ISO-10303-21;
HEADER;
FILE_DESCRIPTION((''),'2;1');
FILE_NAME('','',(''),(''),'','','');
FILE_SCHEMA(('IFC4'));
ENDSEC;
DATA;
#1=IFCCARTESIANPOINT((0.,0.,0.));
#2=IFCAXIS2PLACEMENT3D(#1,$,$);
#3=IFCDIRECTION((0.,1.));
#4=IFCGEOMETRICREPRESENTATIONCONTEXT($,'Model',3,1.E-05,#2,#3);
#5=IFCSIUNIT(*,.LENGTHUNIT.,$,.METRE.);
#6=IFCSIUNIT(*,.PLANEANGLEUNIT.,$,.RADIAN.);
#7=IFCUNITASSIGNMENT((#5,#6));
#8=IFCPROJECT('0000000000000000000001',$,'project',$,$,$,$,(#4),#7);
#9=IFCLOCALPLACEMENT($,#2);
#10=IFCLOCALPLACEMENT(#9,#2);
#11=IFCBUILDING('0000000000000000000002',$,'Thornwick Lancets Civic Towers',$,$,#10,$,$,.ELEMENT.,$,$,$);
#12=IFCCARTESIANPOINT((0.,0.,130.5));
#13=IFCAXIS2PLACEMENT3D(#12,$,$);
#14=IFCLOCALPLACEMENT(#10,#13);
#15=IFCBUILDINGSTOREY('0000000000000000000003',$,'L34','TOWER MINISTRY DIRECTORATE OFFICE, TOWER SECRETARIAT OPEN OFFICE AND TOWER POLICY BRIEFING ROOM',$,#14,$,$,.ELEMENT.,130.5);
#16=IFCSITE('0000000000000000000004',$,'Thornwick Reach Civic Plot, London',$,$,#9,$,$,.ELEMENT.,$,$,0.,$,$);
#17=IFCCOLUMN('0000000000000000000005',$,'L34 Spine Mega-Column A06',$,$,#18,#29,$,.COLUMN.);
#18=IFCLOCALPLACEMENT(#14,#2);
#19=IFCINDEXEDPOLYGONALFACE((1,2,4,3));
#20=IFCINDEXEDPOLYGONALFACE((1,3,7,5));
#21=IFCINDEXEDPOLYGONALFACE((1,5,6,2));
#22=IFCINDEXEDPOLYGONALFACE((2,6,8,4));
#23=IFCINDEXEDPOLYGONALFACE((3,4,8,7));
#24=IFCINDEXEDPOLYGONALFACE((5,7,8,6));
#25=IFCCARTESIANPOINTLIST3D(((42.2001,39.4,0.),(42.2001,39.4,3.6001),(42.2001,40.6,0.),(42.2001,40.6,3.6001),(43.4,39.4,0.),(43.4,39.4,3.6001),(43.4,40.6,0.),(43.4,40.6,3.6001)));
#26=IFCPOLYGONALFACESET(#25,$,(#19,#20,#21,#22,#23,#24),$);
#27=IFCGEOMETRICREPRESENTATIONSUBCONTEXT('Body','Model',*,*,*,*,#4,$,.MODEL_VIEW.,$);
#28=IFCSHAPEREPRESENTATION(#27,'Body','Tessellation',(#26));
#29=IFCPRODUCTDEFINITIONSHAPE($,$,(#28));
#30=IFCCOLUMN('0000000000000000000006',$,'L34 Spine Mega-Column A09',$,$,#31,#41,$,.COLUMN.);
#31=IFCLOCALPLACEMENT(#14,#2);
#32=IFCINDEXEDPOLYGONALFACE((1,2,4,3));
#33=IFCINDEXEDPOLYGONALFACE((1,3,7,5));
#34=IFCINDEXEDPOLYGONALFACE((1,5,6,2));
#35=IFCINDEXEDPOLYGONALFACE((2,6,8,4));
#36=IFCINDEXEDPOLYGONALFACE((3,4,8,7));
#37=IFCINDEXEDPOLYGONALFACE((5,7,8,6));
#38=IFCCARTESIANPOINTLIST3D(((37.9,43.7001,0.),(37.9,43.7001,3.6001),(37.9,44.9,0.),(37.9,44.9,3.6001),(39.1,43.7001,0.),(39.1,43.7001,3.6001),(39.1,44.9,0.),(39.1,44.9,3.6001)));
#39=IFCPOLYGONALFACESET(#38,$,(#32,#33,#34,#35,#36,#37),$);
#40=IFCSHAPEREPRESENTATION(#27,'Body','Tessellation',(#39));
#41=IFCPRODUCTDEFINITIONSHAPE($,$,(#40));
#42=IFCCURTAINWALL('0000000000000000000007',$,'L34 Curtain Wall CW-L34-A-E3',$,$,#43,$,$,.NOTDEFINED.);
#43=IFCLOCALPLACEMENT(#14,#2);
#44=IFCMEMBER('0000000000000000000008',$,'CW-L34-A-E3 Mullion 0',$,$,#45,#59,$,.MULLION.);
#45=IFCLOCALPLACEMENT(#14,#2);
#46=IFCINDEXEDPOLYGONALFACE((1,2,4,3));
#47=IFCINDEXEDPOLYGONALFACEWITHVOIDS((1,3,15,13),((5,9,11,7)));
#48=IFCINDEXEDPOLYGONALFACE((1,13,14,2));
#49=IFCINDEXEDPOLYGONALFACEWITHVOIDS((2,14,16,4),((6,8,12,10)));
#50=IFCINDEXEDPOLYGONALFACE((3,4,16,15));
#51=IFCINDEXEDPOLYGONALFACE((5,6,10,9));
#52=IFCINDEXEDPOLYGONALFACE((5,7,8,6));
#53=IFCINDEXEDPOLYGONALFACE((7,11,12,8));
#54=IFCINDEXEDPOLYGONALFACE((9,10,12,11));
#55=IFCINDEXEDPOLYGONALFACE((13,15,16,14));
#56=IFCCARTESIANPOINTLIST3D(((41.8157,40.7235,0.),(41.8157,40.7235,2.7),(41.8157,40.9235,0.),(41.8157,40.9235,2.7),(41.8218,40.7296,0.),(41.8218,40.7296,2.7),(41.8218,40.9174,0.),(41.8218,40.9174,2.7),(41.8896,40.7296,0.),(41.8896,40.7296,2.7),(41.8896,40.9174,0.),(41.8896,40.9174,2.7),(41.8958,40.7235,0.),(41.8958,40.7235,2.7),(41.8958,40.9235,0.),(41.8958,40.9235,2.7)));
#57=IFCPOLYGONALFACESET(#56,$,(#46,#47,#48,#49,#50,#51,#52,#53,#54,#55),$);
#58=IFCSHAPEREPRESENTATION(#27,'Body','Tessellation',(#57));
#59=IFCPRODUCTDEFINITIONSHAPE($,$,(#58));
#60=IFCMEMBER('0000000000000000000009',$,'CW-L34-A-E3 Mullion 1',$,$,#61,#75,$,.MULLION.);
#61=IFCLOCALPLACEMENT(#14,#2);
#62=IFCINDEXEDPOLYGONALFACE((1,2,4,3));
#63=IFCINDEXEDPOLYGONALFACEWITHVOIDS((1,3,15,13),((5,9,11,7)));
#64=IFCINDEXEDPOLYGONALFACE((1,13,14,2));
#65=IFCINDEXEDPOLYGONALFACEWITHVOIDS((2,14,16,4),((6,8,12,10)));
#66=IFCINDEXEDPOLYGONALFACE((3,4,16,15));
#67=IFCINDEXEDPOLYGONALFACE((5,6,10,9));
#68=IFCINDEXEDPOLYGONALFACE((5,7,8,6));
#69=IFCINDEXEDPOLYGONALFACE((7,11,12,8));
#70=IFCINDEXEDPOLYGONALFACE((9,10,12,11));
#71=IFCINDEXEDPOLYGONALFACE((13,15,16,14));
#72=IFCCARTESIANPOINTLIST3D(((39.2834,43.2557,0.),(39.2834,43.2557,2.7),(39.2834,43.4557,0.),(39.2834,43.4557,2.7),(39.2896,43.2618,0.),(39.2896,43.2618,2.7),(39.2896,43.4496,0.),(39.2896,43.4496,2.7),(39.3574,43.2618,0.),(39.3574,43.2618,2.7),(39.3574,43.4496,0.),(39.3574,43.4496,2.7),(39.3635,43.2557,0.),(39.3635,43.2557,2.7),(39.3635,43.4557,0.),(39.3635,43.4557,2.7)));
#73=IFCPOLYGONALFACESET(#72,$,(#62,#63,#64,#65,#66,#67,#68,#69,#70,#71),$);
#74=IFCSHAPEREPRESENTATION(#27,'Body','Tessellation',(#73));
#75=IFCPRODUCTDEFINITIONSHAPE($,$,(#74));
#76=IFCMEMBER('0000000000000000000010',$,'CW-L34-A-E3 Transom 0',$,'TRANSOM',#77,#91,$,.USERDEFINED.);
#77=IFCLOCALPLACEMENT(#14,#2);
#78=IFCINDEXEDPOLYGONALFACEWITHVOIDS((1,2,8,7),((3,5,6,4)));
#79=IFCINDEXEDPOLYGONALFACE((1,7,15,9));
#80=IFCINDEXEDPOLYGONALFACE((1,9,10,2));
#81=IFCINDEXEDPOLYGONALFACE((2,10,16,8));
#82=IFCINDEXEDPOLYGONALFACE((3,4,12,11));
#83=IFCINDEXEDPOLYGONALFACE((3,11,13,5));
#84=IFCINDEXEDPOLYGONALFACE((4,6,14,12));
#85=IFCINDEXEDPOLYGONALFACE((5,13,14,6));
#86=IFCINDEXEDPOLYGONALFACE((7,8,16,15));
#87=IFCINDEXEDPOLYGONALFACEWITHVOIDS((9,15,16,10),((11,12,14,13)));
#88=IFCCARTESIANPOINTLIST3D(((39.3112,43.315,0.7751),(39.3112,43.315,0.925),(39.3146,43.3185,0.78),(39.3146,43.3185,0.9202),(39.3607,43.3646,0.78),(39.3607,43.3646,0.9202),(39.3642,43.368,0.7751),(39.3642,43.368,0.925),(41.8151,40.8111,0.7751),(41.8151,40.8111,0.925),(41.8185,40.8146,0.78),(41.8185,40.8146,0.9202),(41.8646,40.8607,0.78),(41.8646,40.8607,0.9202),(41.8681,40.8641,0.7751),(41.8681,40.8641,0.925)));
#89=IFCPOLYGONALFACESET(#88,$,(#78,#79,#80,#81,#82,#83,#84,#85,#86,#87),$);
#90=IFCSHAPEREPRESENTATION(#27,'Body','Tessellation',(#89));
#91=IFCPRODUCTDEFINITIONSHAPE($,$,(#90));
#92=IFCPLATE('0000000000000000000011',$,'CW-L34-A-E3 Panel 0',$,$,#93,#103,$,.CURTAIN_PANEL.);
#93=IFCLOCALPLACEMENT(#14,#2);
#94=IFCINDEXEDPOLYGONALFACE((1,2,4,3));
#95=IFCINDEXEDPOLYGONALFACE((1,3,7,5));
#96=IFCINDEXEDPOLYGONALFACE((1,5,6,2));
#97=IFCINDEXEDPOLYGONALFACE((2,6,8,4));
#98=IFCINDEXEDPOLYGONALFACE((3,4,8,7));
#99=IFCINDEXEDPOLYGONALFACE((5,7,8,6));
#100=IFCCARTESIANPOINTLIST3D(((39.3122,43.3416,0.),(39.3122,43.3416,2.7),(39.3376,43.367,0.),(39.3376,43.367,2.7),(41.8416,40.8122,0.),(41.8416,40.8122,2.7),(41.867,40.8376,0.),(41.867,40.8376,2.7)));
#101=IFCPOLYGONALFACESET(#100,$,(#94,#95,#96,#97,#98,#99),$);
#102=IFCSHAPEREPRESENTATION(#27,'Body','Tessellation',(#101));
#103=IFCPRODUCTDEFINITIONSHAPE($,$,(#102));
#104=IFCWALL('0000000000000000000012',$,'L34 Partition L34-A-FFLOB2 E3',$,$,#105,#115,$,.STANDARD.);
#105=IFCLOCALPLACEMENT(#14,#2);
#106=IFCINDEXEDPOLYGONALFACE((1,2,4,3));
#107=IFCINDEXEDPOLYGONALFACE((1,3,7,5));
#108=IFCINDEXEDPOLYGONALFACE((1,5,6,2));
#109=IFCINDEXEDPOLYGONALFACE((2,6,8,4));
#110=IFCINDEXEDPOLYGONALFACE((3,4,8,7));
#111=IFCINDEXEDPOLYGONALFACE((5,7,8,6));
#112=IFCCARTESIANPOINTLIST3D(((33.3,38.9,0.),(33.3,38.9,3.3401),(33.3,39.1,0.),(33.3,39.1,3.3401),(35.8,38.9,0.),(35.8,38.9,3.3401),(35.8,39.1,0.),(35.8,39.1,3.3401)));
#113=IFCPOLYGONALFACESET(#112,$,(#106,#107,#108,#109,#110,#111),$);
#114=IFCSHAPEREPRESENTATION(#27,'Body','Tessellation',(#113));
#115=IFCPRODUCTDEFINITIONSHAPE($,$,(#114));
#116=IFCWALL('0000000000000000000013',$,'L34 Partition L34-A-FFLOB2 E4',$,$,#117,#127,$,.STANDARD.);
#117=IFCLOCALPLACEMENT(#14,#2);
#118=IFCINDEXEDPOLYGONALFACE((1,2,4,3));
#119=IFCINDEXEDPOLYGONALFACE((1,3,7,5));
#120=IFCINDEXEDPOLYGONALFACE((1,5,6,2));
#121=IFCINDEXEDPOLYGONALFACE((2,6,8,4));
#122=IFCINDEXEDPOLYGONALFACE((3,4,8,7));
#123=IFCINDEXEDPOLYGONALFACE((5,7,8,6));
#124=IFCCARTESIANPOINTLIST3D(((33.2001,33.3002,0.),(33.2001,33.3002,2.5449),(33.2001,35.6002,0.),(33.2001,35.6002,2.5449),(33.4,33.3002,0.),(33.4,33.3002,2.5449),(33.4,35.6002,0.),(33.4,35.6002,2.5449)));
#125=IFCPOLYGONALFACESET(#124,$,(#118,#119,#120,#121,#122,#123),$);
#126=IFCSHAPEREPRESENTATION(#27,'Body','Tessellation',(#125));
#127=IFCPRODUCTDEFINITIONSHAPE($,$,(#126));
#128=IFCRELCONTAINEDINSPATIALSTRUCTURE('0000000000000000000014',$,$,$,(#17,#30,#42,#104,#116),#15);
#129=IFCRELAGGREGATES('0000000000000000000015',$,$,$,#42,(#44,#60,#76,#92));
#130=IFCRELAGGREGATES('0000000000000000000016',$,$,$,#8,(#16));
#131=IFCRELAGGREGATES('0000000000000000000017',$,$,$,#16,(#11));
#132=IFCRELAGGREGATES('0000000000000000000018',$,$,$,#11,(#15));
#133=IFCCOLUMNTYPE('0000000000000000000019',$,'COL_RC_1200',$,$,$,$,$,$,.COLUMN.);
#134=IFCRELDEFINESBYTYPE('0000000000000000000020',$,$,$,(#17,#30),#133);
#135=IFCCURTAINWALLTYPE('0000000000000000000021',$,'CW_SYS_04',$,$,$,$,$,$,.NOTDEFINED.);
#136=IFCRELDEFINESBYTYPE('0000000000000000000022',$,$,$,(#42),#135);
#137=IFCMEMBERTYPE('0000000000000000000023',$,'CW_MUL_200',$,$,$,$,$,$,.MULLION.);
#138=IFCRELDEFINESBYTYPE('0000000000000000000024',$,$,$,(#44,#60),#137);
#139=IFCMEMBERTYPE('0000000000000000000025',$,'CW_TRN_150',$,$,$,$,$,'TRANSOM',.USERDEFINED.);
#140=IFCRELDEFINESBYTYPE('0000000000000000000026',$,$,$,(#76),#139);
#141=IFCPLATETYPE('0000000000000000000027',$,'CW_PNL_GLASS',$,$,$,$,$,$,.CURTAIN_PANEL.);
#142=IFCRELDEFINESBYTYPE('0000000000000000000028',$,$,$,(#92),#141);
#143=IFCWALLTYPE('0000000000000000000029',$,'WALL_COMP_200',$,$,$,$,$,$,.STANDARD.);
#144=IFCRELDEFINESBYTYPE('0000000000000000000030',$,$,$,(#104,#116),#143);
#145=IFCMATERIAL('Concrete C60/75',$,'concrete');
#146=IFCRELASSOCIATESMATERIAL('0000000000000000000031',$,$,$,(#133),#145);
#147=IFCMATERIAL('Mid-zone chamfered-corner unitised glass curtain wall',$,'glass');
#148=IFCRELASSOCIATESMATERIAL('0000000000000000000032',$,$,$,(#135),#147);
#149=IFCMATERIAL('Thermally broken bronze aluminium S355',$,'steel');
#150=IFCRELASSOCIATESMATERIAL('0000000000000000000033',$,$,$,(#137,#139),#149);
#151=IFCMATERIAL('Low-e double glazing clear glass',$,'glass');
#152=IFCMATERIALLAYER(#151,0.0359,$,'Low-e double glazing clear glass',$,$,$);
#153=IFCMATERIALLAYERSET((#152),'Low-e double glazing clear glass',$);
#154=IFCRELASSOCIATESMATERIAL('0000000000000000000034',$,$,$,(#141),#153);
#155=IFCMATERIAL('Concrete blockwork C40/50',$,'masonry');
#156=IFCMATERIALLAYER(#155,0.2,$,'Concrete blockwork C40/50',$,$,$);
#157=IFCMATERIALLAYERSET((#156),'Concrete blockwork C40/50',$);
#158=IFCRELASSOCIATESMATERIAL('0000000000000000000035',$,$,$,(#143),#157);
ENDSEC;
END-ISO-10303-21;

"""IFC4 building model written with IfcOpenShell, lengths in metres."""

from ifc_helpers import new_model, si_unit, direction, frame, frame_2d, origin, origin_2d, place, context, subcontext, project, spatial, rectangle, hollow_rectangle, extrude, material, layer, layer_set, material_profile, profile_set, type_object, element, aggregate, save


model = new_model("IFC4")

# Units and contexts
model_context = context("Model", 3, precision=1e-05, world=origin(), true_north=direction((0.0, 1.0)))
body_context = subcontext(model_context, "Body", "Model", "MODEL_VIEW")
ifc_project = project(units=[si_unit("LENGTHUNIT", "METRE"), si_unit("PLANEANGLEUNIT", "RADIAN")], contexts=[model_context])

# Site, building, storey
site_placement = place(None, origin())
site = spatial("IfcSite", under=ifc_project, at=site_placement, Name="Thornwick Reach Civic Plot, London", CompositionType="ELEMENT", RefElevation=0.0)
building_placement = place(site_placement, origin())
building = spatial("IfcBuilding", under=site, at=building_placement, Name="Thornwick Lancets Civic Towers", CompositionType="ELEMENT")
storey_placement = place(building_placement, frame((0.0, 0.0, 130.5)))
storey = spatial("IfcBuildingStorey", under=building, at=storey_placement, Name="L34", Description="TOWER MINISTRY DIRECTORATE OFFICE, TOWER SECRETARIAT OPEN OFFICE AND TOWER POLICY BRIEFING ROOM", CompositionType="ELEMENT", Elevation=130.5)

# Columns
ifc_material_1 = material(Name="Concrete C60/75", Category="concrete")
ifc_material_profile_1 = material_profile(ifc_material_1, rectangle(XDim=1.2, YDim=1.2, at=origin_2d()), Name="RC 1200x1200")
ifc_profile_set_1 = profile_set([ifc_material_profile_1], Name="Concrete C60/75")
column_type = type_object("IfcColumnType", Name="COL_RC_1200", PredefinedType="COLUMN", material=ifc_profile_set_1)
for number, where, z_axis, x_axis, name in (
    (1, (42.8, 40.0, 0.0), (0.0, 0.0, 1.0), (1.0, 0.0, 0.0), "L34 Spine Mega-Column A06"),
    (2, (38.5, 44.3, 0.0), (0.0, 0.0, 1.0), (1.0, 0.0, 0.0), "L34 Spine Mega-Column A09"),
):
    element("IfcColumn", number, at=place(storey_placement, frame(where, z_axis=z_axis, x_axis=x_axis)), inside=storey, type_object=column_type, Name=name, PredefinedType="COLUMN", context=body_context, shape_type="SweptSolid", body=[
        extrude(rectangle(XDim=1.2, YDim=1.2, at=origin_2d()), origin(), (0.0, 0.0, 1.0), 3.6001),
    ])

# Curtain wall, members, plate
ifc_material_2 = material(Name="Mid-zone chamfered-corner unitised glass curtain wall", Category="glass")
curtain_wall_type = type_object("IfcCurtainWallType", Name="CW_SYS_04", PredefinedType="NOTDEFINED", material=ifc_material_2)
curtain_wall_placement = place(storey_placement, origin())
curtain_wall = element("IfcCurtainWall", 3, at=curtain_wall_placement, inside=storey, type_object=curtain_wall_type, Name="L34 Curtain Wall CW-L34-A-E3", PredefinedType="NOTDEFINED")
ifc_material_3 = material(Name="Thermally broken bronze aluminium S355", Category="steel")
ifc_material_profile_2 = material_profile(ifc_material_3, hollow_rectangle(XDim=0.0801, YDim=0.2, WallThickness=0.0061, at=origin_2d()), Name="RHS 200x80x6")
ifc_profile_set_2 = profile_set([ifc_material_profile_2], Name="Thermally broken bronze aluminium S355")
member_type_1 = type_object("IfcMemberType", Name="CW_MUL_200", PredefinedType="MULLION", material=ifc_profile_set_2)
member_1_placement = place(storey_placement, frame((41.8557, 40.8235, 0.0), z_axis=(0.0, 0.0, 1.0), x_axis=(1.0, 0.0, 0.0)))
member_1 = element("IfcMember", 4, at=member_1_placement, type_object=member_type_1, Name="CW-L34-A-E3 Mullion 0", PredefinedType="MULLION", context=body_context, shape_type="SweptSolid", body=[
    extrude(hollow_rectangle(XDim=0.0801, YDim=0.2, WallThickness=0.0061, at=origin_2d()), origin(), (0.0, 0.0, 1.0), 2.7),
])
member_2_placement = place(storey_placement, frame((39.3235, 43.3557, 0.0), z_axis=(0.0, 0.0, 1.0), x_axis=(1.0, 0.0, 0.0)))
member_2 = element("IfcMember", 5, at=member_2_placement, type_object=member_type_1, Name="CW-L34-A-E3 Mullion 1", PredefinedType="MULLION", context=body_context, shape_type="SweptSolid", body=[
    extrude(hollow_rectangle(XDim=0.0801, YDim=0.2, WallThickness=0.0061, at=origin_2d()), origin(), (0.0, 0.0, 1.0), 2.7),
])
ifc_material_profile_3 = material_profile(ifc_material_3, hollow_rectangle(XDim=0.075, YDim=0.1499, WallThickness=0.0049, at=origin_2d()), Name="RHS 150x75x5")
ifc_profile_set_3 = profile_set([ifc_material_profile_3], Name="Thermally broken bronze aluminium S355")
member_type_2 = type_object("IfcMemberType", Name="CW_TRN_150", ElementType="TRANSOM", PredefinedType="USERDEFINED", material=ifc_profile_set_3)
member_3_placement = place(storey_placement, frame((41.8416, 40.8376, 0.8501), z_axis=(-0.707107, 0.707107, 0.0), x_axis=(-0.707107, -0.707107, 0.0)))
member_3 = element("IfcMember", 6, at=member_3_placement, type_object=member_type_2, Name="CW-L34-A-E3 Transom 0", ObjectType="TRANSOM", PredefinedType="USERDEFINED", context=body_context, shape_type="SweptSolid", body=[
    extrude(hollow_rectangle(XDim=0.075, YDim=0.1499, WallThickness=0.0049, at=origin_2d()), origin(), (0.0, 0.0, 1.0), 3.541),
])
ifc_material_4 = material(Name="Low-e double glazing clear glass", Category="glass")
ifc_layer_1 = layer(ifc_material_4, 0.0359, Name="Low-e double glazing clear glass")
ifc_layer_set_1 = layer_set([ifc_layer_1], Name="Low-e double glazing clear glass")
plate_type = type_object("IfcPlateType", Name="CW_PNL_GLASS", PredefinedType="CURTAIN_PANEL", material=ifc_layer_set_1)
plate_placement = place(storey_placement, frame((40.5896, 42.0896, 0.0), z_axis=(0.0, 0.0, 1.0), x_axis=(-0.707107, 0.707107, 0.0)))
plate = element("IfcPlate", 7, at=plate_placement, type_object=plate_type, Name="CW-L34-A-E3 Panel 0", PredefinedType="CURTAIN_PANEL", context=body_context, shape_type="SweptSolid", body=[
    extrude(rectangle(XDim=3.5771, YDim=0.0359, at=origin_2d()), origin(), (0.0, 0.0, 1.0), 2.7),
])
aggregate(curtain_wall, [member_1, member_2, member_3, plate])

# Walls
ifc_material_5 = material(Name="Concrete blockwork C40/50", Category="masonry")
ifc_layer_2 = layer(ifc_material_5, 0.2, Name="Concrete blockwork C40/50")
ifc_layer_set_2 = layer_set([ifc_layer_2], Name="Concrete blockwork C40/50")
wall_type_1 = type_object("IfcWallType", Name="WALL_COMP_200", PredefinedType="STANDARD", material=ifc_layer_set_2)
wall_1_placement = place(storey_placement, frame((35.8, 39.0, 0.0), z_axis=(0.0, 0.0, 1.0), x_axis=(-1.0, 0.0, 0.0)))
element("IfcWall", 8, at=wall_1_placement, inside=storey, type_object=wall_type_1, Name="L34 Partition L34-A-FFLOB2 E3", PredefinedType="STANDARD", context=body_context, shape_type="SweptSolid", body=[
    extrude(rectangle(XDim=2.5, YDim=0.2, at=frame_2d((1.25, 0.0))), origin(), (0.0, 0.0, 1.0), 3.3401),
])
wall_2_placement = place(storey_placement, frame((33.3, 35.6001, 0.0), z_axis=(0.0, 0.0, 1.0), x_axis=(0.0, -1.0, 0.0)))
element("IfcWall", 9, at=wall_2_placement, inside=storey, type_object=wall_type_1, Name="L34 Partition L34-A-FFLOB2 E4", PredefinedType="STANDARD", context=body_context, shape_type="SweptSolid", body=[
    extrude(rectangle(XDim=2.3, YDim=0.2, at=frame_2d((1.1499, 0.0))), origin(), (0.0, 0.0, 1.0), 2.5449),
])

save(model, "model.ifc")
